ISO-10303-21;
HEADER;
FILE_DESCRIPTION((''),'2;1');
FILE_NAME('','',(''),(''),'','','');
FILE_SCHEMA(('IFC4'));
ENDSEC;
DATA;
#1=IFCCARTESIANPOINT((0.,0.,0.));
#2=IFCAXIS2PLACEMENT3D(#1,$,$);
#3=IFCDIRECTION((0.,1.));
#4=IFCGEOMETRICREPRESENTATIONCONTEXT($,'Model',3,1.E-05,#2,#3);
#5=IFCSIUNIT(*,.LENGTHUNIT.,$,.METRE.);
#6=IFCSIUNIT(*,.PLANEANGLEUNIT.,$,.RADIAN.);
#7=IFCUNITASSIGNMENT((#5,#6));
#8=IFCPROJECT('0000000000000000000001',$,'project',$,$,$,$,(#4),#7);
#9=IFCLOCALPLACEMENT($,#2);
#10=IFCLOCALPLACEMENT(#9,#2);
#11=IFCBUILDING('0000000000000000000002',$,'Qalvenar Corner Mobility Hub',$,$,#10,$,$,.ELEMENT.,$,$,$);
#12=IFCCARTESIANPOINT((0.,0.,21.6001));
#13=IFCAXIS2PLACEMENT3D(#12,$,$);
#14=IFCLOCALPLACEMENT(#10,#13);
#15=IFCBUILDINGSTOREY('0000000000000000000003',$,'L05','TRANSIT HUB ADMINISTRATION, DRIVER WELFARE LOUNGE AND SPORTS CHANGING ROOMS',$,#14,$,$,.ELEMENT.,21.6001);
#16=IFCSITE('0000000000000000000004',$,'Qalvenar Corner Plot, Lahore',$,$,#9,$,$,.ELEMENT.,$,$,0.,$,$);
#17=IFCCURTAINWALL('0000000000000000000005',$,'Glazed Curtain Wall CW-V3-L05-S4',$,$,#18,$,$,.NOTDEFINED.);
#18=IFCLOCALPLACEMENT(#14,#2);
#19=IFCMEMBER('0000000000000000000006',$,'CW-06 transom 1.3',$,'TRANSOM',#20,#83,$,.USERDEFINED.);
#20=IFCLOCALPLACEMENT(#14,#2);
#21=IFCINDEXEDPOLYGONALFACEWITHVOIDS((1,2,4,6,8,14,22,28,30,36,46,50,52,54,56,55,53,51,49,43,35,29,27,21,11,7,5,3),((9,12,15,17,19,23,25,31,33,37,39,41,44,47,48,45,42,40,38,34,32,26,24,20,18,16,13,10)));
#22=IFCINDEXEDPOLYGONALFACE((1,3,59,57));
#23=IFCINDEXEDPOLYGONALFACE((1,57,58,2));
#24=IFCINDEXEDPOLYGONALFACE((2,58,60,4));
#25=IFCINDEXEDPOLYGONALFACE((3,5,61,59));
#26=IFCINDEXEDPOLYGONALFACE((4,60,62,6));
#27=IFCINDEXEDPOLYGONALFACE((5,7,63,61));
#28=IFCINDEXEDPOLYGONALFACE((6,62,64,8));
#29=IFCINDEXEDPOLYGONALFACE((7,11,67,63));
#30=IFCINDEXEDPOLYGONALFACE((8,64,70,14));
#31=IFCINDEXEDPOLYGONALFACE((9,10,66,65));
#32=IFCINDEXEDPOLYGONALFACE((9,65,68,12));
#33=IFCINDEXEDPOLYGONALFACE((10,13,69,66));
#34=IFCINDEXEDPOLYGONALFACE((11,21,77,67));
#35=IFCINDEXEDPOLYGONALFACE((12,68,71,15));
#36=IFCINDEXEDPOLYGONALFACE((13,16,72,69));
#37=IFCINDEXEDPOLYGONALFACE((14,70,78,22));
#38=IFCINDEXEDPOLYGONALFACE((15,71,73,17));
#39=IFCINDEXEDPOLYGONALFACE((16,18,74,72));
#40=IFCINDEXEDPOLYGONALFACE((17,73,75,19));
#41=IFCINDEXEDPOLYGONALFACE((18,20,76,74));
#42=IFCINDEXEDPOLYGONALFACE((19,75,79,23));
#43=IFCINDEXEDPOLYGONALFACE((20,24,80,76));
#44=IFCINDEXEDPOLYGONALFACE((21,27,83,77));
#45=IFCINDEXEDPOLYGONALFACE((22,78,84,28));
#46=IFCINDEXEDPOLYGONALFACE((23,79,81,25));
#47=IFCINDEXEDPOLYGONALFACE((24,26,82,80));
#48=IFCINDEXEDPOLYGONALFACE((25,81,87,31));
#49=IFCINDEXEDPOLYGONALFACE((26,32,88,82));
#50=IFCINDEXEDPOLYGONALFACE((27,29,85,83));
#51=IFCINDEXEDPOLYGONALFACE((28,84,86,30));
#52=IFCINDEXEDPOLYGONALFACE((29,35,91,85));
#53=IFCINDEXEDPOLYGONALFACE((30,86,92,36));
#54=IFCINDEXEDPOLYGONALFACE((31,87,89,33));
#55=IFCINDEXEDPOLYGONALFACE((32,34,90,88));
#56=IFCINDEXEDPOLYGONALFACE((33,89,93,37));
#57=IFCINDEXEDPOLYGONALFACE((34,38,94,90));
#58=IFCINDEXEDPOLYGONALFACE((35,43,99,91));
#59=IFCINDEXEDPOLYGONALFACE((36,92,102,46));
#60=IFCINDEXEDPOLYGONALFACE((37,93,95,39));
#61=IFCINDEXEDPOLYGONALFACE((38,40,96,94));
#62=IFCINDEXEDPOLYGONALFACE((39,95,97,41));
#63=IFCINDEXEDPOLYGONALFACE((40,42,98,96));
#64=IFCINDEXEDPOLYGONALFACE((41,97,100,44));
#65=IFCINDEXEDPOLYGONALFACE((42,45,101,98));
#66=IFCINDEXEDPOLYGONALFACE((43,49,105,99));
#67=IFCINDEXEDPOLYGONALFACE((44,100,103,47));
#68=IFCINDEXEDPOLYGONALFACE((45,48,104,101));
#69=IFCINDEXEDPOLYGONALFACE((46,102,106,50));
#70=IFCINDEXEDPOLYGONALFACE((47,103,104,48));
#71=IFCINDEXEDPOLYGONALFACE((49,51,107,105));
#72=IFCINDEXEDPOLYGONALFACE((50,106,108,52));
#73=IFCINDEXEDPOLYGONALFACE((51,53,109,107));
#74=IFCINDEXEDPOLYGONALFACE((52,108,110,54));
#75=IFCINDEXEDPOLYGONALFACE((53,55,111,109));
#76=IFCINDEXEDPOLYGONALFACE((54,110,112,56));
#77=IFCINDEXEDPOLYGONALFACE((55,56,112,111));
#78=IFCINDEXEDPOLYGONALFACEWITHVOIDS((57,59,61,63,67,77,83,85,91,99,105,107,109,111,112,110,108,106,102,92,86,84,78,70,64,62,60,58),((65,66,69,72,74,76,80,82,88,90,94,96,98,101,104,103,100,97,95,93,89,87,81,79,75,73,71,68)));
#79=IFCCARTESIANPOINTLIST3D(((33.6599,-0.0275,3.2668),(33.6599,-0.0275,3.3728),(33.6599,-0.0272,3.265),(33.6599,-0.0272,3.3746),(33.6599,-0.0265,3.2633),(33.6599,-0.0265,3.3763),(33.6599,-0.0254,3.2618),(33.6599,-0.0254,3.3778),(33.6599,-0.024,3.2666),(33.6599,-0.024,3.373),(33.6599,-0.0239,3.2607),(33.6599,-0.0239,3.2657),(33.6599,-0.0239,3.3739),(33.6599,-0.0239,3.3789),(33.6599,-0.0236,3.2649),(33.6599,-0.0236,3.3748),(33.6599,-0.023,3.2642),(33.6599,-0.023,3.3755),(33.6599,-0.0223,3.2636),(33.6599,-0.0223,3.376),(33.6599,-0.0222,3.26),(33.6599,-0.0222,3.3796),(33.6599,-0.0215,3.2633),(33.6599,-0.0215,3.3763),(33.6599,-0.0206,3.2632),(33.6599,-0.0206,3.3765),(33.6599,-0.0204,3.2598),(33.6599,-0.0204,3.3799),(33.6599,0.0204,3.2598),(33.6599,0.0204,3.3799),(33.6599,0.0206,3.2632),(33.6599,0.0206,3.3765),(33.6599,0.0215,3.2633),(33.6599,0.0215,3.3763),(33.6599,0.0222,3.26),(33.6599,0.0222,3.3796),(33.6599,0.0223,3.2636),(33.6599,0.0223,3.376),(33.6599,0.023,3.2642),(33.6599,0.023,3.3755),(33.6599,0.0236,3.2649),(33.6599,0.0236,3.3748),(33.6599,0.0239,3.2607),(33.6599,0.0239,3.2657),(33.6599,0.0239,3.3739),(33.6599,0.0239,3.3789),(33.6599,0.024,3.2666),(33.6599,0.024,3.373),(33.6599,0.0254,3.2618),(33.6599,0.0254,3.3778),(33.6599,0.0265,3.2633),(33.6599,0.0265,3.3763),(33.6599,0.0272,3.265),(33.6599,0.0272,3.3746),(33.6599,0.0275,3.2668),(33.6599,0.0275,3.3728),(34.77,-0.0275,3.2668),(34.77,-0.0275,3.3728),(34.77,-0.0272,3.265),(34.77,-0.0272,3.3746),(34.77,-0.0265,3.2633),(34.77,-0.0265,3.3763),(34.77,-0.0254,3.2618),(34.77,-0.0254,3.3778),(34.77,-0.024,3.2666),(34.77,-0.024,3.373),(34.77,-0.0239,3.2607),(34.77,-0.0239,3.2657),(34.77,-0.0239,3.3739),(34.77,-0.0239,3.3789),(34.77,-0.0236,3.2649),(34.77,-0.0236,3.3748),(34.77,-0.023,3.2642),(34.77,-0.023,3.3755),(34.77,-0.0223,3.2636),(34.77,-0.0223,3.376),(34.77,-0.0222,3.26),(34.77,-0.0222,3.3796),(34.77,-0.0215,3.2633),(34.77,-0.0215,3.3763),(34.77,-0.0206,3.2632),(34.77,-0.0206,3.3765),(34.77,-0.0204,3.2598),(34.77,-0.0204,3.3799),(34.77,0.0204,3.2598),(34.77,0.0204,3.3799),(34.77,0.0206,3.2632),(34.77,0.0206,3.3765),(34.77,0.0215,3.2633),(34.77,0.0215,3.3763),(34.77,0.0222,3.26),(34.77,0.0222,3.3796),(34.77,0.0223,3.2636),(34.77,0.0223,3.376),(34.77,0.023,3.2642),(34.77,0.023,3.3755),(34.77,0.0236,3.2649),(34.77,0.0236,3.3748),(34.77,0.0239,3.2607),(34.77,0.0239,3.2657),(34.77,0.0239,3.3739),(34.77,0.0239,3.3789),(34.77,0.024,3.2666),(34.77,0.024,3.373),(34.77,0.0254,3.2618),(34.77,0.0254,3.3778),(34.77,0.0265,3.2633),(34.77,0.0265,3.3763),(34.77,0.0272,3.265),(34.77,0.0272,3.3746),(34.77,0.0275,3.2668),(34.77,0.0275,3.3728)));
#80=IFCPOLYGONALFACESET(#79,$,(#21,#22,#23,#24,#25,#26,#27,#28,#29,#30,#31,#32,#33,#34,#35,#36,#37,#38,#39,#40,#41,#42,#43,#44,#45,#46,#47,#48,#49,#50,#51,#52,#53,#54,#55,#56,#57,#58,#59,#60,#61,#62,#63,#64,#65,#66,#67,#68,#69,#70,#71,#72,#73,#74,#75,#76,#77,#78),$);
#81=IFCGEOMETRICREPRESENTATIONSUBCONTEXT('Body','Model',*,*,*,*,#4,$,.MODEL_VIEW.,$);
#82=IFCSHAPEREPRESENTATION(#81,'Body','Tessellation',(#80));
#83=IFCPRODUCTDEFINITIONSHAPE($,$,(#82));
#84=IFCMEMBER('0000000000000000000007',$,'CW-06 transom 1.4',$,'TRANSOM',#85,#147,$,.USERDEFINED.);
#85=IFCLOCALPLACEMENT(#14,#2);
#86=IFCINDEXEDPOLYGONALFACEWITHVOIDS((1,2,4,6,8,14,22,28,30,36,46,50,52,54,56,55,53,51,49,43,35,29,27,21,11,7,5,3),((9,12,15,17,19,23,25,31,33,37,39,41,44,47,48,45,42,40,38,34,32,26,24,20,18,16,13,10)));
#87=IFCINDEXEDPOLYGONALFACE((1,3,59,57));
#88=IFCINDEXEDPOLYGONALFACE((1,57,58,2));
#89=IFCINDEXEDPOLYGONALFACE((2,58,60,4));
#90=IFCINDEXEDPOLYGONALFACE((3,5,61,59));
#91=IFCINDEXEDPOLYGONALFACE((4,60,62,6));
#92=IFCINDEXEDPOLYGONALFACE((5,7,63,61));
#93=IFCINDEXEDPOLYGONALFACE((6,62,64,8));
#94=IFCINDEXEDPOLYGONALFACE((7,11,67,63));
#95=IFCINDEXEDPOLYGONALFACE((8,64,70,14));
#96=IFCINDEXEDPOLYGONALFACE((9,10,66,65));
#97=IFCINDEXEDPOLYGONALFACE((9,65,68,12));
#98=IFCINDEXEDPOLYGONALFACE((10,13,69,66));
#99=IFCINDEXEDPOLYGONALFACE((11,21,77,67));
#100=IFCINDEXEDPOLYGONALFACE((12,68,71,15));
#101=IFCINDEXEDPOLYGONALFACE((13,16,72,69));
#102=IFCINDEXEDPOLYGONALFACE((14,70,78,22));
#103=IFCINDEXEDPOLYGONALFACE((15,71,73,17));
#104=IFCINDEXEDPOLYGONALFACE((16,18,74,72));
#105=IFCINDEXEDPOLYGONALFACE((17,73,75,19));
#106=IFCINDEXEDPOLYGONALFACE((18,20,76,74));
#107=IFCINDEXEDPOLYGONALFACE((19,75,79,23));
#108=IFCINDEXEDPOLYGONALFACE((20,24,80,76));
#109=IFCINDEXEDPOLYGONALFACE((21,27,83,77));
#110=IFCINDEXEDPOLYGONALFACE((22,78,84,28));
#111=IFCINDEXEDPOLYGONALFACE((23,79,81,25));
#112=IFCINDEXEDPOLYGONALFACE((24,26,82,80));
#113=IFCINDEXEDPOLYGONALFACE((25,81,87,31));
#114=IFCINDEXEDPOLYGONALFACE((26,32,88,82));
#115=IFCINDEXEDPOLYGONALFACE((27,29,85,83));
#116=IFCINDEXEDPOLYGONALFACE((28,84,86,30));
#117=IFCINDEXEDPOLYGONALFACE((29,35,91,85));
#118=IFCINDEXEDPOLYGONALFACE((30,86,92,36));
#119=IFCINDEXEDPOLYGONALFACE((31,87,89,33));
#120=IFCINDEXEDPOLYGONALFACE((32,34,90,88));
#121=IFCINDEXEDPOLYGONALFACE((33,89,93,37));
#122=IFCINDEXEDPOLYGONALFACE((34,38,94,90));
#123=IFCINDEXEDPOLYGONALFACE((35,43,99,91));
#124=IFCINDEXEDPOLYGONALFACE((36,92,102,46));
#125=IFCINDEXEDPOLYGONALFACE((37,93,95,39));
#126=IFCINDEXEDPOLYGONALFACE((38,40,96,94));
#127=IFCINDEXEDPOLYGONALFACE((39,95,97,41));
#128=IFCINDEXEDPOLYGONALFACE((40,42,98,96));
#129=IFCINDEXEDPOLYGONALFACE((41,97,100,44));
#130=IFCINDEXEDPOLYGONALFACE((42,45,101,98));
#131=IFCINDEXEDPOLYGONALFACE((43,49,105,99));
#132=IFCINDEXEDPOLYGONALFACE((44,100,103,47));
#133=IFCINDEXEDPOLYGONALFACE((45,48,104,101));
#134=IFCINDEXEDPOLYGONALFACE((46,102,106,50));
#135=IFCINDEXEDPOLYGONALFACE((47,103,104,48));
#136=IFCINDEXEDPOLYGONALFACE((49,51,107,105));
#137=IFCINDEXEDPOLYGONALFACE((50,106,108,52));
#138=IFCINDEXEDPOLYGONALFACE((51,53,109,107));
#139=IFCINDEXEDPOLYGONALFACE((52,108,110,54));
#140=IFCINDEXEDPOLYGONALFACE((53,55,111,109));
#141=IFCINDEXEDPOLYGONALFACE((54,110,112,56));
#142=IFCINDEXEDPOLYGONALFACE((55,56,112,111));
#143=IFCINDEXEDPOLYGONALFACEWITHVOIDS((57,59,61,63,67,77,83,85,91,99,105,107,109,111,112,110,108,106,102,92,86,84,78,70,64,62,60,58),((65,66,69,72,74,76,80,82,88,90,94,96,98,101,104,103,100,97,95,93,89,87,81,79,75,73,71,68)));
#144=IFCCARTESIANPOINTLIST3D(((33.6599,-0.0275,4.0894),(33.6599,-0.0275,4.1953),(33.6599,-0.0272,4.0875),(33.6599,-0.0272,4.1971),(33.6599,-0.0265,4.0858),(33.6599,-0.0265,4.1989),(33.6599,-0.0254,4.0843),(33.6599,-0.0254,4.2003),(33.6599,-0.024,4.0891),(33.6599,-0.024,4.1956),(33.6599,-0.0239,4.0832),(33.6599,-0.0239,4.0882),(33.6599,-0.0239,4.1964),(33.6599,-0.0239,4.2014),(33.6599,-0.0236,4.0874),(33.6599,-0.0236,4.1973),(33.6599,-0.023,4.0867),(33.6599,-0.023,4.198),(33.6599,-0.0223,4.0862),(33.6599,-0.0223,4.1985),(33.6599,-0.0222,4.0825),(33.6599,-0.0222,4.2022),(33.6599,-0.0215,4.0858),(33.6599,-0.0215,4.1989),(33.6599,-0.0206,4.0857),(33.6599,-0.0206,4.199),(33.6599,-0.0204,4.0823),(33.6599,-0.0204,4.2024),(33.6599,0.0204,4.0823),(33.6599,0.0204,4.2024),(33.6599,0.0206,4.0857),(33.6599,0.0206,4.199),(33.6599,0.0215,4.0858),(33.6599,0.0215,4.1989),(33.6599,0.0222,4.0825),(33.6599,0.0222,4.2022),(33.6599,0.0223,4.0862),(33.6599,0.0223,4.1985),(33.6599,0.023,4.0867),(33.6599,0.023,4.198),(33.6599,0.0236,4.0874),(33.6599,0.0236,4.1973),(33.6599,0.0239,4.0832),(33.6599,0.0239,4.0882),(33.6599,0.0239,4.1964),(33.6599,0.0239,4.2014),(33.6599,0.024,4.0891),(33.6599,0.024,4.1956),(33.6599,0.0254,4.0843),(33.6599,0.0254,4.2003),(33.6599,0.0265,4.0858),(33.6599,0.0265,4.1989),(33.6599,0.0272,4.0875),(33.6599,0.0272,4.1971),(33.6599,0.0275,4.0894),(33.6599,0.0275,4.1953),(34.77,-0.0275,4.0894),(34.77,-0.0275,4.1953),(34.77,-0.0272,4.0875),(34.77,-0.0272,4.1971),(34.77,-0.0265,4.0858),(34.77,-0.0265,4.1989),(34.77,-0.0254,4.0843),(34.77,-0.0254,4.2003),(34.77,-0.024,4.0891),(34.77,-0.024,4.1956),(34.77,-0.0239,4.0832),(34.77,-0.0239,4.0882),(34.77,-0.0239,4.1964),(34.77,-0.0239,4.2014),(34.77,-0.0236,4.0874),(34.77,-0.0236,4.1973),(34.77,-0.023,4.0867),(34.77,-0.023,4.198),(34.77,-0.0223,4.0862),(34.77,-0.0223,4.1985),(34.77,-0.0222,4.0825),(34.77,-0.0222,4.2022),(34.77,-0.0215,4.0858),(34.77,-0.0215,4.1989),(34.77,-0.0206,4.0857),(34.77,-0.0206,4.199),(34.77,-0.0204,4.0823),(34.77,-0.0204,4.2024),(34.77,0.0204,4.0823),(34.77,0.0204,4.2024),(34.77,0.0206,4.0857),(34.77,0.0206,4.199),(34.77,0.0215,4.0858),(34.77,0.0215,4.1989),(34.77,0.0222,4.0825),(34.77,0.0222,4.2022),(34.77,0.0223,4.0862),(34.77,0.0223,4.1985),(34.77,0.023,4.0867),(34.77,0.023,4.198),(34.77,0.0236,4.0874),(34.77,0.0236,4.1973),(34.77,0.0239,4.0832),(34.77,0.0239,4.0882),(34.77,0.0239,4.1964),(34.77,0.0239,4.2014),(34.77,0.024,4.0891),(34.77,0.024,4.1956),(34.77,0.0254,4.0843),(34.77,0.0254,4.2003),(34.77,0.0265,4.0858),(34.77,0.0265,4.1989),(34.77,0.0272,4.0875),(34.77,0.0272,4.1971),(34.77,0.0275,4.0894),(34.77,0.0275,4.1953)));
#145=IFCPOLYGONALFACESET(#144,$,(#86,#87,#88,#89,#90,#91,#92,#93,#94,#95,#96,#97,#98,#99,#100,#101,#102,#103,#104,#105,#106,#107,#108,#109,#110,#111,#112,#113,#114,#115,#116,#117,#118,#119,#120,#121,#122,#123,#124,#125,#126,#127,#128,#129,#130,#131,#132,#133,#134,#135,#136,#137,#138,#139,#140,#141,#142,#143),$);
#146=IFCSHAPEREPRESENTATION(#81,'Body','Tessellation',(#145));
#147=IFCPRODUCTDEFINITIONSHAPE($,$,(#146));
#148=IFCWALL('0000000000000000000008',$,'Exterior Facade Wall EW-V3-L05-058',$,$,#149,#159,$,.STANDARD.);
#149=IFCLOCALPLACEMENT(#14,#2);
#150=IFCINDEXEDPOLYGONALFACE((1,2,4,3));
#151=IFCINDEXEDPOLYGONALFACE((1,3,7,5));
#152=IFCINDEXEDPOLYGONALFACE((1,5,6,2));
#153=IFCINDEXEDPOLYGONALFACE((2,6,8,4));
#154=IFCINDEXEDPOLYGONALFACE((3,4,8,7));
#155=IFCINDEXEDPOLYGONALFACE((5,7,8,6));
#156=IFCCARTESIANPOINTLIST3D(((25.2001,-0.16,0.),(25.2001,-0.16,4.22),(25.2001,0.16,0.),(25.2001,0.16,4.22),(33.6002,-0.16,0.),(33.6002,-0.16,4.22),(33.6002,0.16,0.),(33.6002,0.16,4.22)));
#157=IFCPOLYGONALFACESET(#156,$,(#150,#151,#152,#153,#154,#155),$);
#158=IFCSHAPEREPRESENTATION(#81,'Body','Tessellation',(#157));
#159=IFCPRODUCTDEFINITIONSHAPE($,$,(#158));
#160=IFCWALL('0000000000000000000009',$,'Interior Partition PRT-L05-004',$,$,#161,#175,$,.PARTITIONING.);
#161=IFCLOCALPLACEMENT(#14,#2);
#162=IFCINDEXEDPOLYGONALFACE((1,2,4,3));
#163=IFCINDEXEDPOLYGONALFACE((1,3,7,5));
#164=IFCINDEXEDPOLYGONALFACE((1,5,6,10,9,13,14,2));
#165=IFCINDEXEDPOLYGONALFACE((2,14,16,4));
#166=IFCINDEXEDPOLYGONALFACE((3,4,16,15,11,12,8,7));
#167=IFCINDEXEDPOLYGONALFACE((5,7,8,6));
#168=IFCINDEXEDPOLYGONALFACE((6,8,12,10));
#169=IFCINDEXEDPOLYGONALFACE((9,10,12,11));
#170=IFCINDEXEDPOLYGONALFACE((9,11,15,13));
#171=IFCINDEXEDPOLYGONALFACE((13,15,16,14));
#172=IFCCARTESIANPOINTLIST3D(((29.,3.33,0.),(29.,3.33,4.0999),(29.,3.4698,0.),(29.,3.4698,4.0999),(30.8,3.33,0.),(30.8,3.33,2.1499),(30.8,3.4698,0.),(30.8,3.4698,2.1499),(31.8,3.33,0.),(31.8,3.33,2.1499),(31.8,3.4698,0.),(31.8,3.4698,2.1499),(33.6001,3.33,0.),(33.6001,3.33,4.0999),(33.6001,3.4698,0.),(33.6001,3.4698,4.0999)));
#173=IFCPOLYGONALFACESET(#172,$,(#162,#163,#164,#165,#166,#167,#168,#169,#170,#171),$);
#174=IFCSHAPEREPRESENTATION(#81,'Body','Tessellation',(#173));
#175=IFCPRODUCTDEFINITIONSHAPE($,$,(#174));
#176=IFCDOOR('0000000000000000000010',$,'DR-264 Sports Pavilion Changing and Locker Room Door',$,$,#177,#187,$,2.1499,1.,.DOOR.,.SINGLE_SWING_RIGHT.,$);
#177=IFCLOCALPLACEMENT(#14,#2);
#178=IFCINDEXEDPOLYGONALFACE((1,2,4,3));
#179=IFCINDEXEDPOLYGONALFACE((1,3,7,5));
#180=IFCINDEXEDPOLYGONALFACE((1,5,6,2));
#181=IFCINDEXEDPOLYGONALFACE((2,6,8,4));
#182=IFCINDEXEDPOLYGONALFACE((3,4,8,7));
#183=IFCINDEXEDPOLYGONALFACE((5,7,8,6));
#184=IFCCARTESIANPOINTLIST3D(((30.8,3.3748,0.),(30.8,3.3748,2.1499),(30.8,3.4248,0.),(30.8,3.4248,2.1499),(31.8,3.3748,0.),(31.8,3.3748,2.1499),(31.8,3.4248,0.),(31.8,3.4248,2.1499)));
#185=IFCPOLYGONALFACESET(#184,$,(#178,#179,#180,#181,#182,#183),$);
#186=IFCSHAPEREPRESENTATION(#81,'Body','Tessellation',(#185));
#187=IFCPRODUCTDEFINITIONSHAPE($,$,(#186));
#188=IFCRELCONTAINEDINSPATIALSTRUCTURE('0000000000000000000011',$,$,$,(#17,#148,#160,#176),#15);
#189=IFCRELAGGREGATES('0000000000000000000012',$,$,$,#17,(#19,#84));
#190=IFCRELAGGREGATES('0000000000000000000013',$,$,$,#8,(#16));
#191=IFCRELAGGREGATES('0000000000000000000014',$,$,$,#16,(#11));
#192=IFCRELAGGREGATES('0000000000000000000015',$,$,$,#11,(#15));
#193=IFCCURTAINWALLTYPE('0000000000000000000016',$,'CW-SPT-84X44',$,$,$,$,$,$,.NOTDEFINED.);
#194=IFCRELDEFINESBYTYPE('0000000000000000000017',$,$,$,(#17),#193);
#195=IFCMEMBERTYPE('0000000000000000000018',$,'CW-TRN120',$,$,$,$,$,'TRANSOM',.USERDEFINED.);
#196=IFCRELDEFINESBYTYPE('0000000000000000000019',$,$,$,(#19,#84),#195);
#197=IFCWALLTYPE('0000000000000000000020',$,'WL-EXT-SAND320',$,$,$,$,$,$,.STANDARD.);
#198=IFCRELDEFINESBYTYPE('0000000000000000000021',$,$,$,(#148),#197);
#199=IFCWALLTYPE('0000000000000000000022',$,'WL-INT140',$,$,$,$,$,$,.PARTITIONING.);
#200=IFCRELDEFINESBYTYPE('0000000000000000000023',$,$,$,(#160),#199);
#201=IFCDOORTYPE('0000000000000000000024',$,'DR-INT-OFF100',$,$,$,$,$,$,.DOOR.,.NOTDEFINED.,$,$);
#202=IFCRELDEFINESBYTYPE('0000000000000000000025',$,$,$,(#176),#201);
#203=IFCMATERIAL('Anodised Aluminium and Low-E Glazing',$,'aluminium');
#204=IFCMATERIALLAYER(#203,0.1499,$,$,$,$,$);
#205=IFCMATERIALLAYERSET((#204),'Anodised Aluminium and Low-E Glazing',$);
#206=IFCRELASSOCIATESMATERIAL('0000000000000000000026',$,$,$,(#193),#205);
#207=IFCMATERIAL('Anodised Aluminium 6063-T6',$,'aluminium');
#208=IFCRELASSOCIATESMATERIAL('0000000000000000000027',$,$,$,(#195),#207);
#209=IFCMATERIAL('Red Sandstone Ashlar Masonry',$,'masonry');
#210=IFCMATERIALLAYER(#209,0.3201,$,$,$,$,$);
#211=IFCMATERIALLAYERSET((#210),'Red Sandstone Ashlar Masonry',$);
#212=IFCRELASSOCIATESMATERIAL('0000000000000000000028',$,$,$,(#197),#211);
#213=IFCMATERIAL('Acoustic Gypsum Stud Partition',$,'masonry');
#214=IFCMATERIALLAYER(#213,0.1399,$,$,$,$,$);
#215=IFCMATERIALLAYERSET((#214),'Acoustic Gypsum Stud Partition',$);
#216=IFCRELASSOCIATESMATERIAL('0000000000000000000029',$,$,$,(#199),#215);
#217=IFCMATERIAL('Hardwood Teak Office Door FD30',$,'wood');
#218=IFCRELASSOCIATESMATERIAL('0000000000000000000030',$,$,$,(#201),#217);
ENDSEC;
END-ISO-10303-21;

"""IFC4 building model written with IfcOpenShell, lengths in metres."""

from ifc_helpers import new_model, si_unit, direction, frame, frame_2d, origin, origin_2d, place, context, subcontext, project, spatial, rectangle, hollow_rectangle, extrude, material, layer, layer_set, material_profile, profile_set, type_object, element, fill, aggregate, save


model = new_model("IFC4")

# Units and contexts
model_context = context("Model", 3, precision=1e-05, world=origin(), true_north=direction((0.0, 1.0)))
body_context = subcontext(model_context, "Body", "Model", "MODEL_VIEW")
ifc_project = project(units=[si_unit("LENGTHUNIT", "METRE"), si_unit("PLANEANGLEUNIT", "RADIAN")], contexts=[model_context])

# Site, building, storey
site_placement = place(None, origin())
site = spatial("IfcSite", under=ifc_project, at=site_placement, Name="Qalvenar Corner Plot, Lahore", CompositionType="ELEMENT", RefElevation=0.0)
building_placement = place(site_placement, origin())
building = spatial("IfcBuilding", under=site, at=building_placement, Name="Qalvenar Corner Mobility Hub", CompositionType="ELEMENT")
storey_placement = place(building_placement, frame((0.0, 0.0, 21.6001)))
storey = spatial("IfcBuildingStorey", under=building, at=storey_placement, Name="L05", Description="TRANSIT HUB ADMINISTRATION, DRIVER WELFARE LOUNGE AND SPORTS CHANGING ROOMS", CompositionType="ELEMENT", Elevation=21.6001)

# Curtain wall, members
ifc_material_1 = material(Name="Anodised Aluminium and Low-E Glazing", Category="aluminium")
ifc_layer_1 = layer(ifc_material_1, 0.1499)
ifc_layer_set_1 = layer_set([ifc_layer_1], Name="Anodised Aluminium and Low-E Glazing")
curtain_wall_type = type_object("IfcCurtainWallType", Name="CW-SPT-84X44", PredefinedType="NOTDEFINED", material=ifc_layer_set_1)
curtain_wall_placement = place(storey_placement, origin())
curtain_wall = element("IfcCurtainWall", 1, at=curtain_wall_placement, inside=storey, type_object=curtain_wall_type, Name="Glazed Curtain Wall CW-V3-L05-S4", PredefinedType="NOTDEFINED")
ifc_material_2 = material(Name="Anodised Aluminium 6063-T6", Category="aluminium")
ifc_material_profile_1 = material_profile(ifc_material_2, hollow_rectangle(XDim=0.0549, YDim=0.1201, WallThickness=0.0034, InnerFilletRadius=0.0034, OuterFilletRadius=0.0071, at=origin_2d()), Name="RHS120x55x3.5")
ifc_profile_set_1 = profile_set([ifc_material_profile_1], Name="Anodised Aluminium 6063-T6")
member_type_1 = type_object("IfcMemberType", Name="CW-TRN120", ElementType="TRANSOM", PredefinedType="USERDEFINED", material=ifc_profile_set_1)
member_1_placement = place(storey_placement, frame((33.6599, 0.0, 3.3198), z_axis=(1.0, 0.0, 0.0), x_axis=(0.0, 1.0, 0.0)))
member_1 = element("IfcMember", 2, at=member_1_placement, type_object=member_type_1, Name="CW-06 transom 1.3", ObjectType="TRANSOM", PredefinedType="USERDEFINED", context=body_context, shape_type="SweptSolid", body=[
    extrude(hollow_rectangle(XDim=0.0549, YDim=0.1201, WallThickness=0.0034, InnerFilletRadius=0.0034, OuterFilletRadius=0.0071, at=origin_2d()), origin(), (0.0, 0.0, 1.0), 1.1101),
])
member_2_placement = place(storey_placement, frame((33.6599, 0.0, 4.1423), z_axis=(1.0, 0.0, 0.0), x_axis=(0.0, 1.0, 0.0)))
member_2 = element("IfcMember", 3, at=member_2_placement, type_object=member_type_1, Name="CW-06 transom 1.4", ObjectType="TRANSOM", PredefinedType="USERDEFINED", context=body_context, shape_type="SweptSolid", body=[
    extrude(hollow_rectangle(XDim=0.0549, YDim=0.1201, WallThickness=0.0034, InnerFilletRadius=0.0034, OuterFilletRadius=0.0071, at=origin_2d()), origin(), (0.0, 0.0, 1.0), 1.1101),
])
aggregate(curtain_wall, [member_1, member_2])

# Wall
ifc_material_3 = material(Name="Red Sandstone Ashlar Masonry", Category="masonry")
ifc_layer_2 = layer(ifc_material_3, 0.3201)
ifc_layer_set_2 = layer_set([ifc_layer_2], Name="Red Sandstone Ashlar Masonry")
wall_type_1 = type_object("IfcWallType", Name="WL-EXT-SAND320", PredefinedType="STANDARD", material=ifc_layer_set_2)
wall_1_placement = place(storey_placement, frame((25.2, 0.0, 0.0), z_axis=(0.0, 0.0, 1.0), x_axis=(1.0, 0.0, 0.0)))
element("IfcWall", 4, at=wall_1_placement, inside=storey, type_object=wall_type_1, Name="Exterior Facade Wall EW-V3-L05-058", PredefinedType="STANDARD", context=body_context, shape_type="SweptSolid", body=[
    extrude(rectangle(XDim=8.4001, YDim=0.3201, at=frame_2d((4.2002, 0.0))), origin(), (0.0, 0.0, 1.0), 4.22),
])

# Wall, opening, door
ifc_material_4 = material(Name="Acoustic Gypsum Stud Partition", Category="masonry")
ifc_layer_3 = layer(ifc_material_4, 0.1399)
ifc_layer_set_3 = layer_set([ifc_layer_3], Name="Acoustic Gypsum Stud Partition")
wall_type_2 = type_object("IfcWallType", Name="WL-INT140", PredefinedType="PARTITIONING", material=ifc_layer_set_3)
wall_2_placement = place(storey_placement, frame((29.0, 3.3999, 0.0), z_axis=(0.0, 0.0, 1.0), x_axis=(1.0, 0.0, 0.0)))
wall_2 = element("IfcWall", 5, at=wall_2_placement, inside=storey, type_object=wall_type_2, Name="Interior Partition PRT-L05-004", PredefinedType="PARTITIONING", context=body_context, shape_type="SweptSolid", body=[
    extrude(rectangle(XDim=4.6001, YDim=0.1399, at=frame_2d((2.3, 0.0))), origin(), (0.0, 0.0, 1.0), 4.0999),
])
opening_placement = place(wall_2_placement, frame((1.8, 0.0, 0.0)))
opening = element("IfcOpeningElement", 6, at=opening_placement, cuts=wall_2, PredefinedType="OPENING", context=body_context, shape_type="SweptSolid", body=[
    extrude(rectangle(XDim=1.0, YDim=2.1499, at=frame_2d((0.5, 1.075))), frame((0.0, 0.0801, 0.0), z_axis=(0.0, -1.0, 0.0), x_axis=(1.0, 0.0, 0.0)), (0.0, 0.0, 1.0), 0.1599),
])
ifc_material_5 = material(Name="Hardwood Teak Office Door FD30", Category="wood")
door_type = type_object("IfcDoorType", Name="DR-INT-OFF100", OperationType="NOTDEFINED", PredefinedType="DOOR", material=ifc_material_5)
door_placement = place(opening_placement, origin())
door = element("IfcDoor", 7, at=door_placement, inside=storey, type_object=door_type, Name="DR-264 Sports Pavilion Changing and Locker Room Door", OperationType="SINGLE_SWING_RIGHT", OverallHeight=2.1499, OverallWidth=1.0, PredefinedType="DOOR", context=body_context, shape_type="SweptSolid", body=[
    extrude(rectangle(XDim=1.0, YDim=2.1499, at=frame_2d((0.5, 1.075))), frame((0.0, 0.0249, 0.0), z_axis=(0.0, -1.0, 0.0), x_axis=(1.0, 0.0, 0.0)), (0.0, 0.0, 1.0), 0.05),
])
fill(opening, door)

save(model, "model.ifc")
